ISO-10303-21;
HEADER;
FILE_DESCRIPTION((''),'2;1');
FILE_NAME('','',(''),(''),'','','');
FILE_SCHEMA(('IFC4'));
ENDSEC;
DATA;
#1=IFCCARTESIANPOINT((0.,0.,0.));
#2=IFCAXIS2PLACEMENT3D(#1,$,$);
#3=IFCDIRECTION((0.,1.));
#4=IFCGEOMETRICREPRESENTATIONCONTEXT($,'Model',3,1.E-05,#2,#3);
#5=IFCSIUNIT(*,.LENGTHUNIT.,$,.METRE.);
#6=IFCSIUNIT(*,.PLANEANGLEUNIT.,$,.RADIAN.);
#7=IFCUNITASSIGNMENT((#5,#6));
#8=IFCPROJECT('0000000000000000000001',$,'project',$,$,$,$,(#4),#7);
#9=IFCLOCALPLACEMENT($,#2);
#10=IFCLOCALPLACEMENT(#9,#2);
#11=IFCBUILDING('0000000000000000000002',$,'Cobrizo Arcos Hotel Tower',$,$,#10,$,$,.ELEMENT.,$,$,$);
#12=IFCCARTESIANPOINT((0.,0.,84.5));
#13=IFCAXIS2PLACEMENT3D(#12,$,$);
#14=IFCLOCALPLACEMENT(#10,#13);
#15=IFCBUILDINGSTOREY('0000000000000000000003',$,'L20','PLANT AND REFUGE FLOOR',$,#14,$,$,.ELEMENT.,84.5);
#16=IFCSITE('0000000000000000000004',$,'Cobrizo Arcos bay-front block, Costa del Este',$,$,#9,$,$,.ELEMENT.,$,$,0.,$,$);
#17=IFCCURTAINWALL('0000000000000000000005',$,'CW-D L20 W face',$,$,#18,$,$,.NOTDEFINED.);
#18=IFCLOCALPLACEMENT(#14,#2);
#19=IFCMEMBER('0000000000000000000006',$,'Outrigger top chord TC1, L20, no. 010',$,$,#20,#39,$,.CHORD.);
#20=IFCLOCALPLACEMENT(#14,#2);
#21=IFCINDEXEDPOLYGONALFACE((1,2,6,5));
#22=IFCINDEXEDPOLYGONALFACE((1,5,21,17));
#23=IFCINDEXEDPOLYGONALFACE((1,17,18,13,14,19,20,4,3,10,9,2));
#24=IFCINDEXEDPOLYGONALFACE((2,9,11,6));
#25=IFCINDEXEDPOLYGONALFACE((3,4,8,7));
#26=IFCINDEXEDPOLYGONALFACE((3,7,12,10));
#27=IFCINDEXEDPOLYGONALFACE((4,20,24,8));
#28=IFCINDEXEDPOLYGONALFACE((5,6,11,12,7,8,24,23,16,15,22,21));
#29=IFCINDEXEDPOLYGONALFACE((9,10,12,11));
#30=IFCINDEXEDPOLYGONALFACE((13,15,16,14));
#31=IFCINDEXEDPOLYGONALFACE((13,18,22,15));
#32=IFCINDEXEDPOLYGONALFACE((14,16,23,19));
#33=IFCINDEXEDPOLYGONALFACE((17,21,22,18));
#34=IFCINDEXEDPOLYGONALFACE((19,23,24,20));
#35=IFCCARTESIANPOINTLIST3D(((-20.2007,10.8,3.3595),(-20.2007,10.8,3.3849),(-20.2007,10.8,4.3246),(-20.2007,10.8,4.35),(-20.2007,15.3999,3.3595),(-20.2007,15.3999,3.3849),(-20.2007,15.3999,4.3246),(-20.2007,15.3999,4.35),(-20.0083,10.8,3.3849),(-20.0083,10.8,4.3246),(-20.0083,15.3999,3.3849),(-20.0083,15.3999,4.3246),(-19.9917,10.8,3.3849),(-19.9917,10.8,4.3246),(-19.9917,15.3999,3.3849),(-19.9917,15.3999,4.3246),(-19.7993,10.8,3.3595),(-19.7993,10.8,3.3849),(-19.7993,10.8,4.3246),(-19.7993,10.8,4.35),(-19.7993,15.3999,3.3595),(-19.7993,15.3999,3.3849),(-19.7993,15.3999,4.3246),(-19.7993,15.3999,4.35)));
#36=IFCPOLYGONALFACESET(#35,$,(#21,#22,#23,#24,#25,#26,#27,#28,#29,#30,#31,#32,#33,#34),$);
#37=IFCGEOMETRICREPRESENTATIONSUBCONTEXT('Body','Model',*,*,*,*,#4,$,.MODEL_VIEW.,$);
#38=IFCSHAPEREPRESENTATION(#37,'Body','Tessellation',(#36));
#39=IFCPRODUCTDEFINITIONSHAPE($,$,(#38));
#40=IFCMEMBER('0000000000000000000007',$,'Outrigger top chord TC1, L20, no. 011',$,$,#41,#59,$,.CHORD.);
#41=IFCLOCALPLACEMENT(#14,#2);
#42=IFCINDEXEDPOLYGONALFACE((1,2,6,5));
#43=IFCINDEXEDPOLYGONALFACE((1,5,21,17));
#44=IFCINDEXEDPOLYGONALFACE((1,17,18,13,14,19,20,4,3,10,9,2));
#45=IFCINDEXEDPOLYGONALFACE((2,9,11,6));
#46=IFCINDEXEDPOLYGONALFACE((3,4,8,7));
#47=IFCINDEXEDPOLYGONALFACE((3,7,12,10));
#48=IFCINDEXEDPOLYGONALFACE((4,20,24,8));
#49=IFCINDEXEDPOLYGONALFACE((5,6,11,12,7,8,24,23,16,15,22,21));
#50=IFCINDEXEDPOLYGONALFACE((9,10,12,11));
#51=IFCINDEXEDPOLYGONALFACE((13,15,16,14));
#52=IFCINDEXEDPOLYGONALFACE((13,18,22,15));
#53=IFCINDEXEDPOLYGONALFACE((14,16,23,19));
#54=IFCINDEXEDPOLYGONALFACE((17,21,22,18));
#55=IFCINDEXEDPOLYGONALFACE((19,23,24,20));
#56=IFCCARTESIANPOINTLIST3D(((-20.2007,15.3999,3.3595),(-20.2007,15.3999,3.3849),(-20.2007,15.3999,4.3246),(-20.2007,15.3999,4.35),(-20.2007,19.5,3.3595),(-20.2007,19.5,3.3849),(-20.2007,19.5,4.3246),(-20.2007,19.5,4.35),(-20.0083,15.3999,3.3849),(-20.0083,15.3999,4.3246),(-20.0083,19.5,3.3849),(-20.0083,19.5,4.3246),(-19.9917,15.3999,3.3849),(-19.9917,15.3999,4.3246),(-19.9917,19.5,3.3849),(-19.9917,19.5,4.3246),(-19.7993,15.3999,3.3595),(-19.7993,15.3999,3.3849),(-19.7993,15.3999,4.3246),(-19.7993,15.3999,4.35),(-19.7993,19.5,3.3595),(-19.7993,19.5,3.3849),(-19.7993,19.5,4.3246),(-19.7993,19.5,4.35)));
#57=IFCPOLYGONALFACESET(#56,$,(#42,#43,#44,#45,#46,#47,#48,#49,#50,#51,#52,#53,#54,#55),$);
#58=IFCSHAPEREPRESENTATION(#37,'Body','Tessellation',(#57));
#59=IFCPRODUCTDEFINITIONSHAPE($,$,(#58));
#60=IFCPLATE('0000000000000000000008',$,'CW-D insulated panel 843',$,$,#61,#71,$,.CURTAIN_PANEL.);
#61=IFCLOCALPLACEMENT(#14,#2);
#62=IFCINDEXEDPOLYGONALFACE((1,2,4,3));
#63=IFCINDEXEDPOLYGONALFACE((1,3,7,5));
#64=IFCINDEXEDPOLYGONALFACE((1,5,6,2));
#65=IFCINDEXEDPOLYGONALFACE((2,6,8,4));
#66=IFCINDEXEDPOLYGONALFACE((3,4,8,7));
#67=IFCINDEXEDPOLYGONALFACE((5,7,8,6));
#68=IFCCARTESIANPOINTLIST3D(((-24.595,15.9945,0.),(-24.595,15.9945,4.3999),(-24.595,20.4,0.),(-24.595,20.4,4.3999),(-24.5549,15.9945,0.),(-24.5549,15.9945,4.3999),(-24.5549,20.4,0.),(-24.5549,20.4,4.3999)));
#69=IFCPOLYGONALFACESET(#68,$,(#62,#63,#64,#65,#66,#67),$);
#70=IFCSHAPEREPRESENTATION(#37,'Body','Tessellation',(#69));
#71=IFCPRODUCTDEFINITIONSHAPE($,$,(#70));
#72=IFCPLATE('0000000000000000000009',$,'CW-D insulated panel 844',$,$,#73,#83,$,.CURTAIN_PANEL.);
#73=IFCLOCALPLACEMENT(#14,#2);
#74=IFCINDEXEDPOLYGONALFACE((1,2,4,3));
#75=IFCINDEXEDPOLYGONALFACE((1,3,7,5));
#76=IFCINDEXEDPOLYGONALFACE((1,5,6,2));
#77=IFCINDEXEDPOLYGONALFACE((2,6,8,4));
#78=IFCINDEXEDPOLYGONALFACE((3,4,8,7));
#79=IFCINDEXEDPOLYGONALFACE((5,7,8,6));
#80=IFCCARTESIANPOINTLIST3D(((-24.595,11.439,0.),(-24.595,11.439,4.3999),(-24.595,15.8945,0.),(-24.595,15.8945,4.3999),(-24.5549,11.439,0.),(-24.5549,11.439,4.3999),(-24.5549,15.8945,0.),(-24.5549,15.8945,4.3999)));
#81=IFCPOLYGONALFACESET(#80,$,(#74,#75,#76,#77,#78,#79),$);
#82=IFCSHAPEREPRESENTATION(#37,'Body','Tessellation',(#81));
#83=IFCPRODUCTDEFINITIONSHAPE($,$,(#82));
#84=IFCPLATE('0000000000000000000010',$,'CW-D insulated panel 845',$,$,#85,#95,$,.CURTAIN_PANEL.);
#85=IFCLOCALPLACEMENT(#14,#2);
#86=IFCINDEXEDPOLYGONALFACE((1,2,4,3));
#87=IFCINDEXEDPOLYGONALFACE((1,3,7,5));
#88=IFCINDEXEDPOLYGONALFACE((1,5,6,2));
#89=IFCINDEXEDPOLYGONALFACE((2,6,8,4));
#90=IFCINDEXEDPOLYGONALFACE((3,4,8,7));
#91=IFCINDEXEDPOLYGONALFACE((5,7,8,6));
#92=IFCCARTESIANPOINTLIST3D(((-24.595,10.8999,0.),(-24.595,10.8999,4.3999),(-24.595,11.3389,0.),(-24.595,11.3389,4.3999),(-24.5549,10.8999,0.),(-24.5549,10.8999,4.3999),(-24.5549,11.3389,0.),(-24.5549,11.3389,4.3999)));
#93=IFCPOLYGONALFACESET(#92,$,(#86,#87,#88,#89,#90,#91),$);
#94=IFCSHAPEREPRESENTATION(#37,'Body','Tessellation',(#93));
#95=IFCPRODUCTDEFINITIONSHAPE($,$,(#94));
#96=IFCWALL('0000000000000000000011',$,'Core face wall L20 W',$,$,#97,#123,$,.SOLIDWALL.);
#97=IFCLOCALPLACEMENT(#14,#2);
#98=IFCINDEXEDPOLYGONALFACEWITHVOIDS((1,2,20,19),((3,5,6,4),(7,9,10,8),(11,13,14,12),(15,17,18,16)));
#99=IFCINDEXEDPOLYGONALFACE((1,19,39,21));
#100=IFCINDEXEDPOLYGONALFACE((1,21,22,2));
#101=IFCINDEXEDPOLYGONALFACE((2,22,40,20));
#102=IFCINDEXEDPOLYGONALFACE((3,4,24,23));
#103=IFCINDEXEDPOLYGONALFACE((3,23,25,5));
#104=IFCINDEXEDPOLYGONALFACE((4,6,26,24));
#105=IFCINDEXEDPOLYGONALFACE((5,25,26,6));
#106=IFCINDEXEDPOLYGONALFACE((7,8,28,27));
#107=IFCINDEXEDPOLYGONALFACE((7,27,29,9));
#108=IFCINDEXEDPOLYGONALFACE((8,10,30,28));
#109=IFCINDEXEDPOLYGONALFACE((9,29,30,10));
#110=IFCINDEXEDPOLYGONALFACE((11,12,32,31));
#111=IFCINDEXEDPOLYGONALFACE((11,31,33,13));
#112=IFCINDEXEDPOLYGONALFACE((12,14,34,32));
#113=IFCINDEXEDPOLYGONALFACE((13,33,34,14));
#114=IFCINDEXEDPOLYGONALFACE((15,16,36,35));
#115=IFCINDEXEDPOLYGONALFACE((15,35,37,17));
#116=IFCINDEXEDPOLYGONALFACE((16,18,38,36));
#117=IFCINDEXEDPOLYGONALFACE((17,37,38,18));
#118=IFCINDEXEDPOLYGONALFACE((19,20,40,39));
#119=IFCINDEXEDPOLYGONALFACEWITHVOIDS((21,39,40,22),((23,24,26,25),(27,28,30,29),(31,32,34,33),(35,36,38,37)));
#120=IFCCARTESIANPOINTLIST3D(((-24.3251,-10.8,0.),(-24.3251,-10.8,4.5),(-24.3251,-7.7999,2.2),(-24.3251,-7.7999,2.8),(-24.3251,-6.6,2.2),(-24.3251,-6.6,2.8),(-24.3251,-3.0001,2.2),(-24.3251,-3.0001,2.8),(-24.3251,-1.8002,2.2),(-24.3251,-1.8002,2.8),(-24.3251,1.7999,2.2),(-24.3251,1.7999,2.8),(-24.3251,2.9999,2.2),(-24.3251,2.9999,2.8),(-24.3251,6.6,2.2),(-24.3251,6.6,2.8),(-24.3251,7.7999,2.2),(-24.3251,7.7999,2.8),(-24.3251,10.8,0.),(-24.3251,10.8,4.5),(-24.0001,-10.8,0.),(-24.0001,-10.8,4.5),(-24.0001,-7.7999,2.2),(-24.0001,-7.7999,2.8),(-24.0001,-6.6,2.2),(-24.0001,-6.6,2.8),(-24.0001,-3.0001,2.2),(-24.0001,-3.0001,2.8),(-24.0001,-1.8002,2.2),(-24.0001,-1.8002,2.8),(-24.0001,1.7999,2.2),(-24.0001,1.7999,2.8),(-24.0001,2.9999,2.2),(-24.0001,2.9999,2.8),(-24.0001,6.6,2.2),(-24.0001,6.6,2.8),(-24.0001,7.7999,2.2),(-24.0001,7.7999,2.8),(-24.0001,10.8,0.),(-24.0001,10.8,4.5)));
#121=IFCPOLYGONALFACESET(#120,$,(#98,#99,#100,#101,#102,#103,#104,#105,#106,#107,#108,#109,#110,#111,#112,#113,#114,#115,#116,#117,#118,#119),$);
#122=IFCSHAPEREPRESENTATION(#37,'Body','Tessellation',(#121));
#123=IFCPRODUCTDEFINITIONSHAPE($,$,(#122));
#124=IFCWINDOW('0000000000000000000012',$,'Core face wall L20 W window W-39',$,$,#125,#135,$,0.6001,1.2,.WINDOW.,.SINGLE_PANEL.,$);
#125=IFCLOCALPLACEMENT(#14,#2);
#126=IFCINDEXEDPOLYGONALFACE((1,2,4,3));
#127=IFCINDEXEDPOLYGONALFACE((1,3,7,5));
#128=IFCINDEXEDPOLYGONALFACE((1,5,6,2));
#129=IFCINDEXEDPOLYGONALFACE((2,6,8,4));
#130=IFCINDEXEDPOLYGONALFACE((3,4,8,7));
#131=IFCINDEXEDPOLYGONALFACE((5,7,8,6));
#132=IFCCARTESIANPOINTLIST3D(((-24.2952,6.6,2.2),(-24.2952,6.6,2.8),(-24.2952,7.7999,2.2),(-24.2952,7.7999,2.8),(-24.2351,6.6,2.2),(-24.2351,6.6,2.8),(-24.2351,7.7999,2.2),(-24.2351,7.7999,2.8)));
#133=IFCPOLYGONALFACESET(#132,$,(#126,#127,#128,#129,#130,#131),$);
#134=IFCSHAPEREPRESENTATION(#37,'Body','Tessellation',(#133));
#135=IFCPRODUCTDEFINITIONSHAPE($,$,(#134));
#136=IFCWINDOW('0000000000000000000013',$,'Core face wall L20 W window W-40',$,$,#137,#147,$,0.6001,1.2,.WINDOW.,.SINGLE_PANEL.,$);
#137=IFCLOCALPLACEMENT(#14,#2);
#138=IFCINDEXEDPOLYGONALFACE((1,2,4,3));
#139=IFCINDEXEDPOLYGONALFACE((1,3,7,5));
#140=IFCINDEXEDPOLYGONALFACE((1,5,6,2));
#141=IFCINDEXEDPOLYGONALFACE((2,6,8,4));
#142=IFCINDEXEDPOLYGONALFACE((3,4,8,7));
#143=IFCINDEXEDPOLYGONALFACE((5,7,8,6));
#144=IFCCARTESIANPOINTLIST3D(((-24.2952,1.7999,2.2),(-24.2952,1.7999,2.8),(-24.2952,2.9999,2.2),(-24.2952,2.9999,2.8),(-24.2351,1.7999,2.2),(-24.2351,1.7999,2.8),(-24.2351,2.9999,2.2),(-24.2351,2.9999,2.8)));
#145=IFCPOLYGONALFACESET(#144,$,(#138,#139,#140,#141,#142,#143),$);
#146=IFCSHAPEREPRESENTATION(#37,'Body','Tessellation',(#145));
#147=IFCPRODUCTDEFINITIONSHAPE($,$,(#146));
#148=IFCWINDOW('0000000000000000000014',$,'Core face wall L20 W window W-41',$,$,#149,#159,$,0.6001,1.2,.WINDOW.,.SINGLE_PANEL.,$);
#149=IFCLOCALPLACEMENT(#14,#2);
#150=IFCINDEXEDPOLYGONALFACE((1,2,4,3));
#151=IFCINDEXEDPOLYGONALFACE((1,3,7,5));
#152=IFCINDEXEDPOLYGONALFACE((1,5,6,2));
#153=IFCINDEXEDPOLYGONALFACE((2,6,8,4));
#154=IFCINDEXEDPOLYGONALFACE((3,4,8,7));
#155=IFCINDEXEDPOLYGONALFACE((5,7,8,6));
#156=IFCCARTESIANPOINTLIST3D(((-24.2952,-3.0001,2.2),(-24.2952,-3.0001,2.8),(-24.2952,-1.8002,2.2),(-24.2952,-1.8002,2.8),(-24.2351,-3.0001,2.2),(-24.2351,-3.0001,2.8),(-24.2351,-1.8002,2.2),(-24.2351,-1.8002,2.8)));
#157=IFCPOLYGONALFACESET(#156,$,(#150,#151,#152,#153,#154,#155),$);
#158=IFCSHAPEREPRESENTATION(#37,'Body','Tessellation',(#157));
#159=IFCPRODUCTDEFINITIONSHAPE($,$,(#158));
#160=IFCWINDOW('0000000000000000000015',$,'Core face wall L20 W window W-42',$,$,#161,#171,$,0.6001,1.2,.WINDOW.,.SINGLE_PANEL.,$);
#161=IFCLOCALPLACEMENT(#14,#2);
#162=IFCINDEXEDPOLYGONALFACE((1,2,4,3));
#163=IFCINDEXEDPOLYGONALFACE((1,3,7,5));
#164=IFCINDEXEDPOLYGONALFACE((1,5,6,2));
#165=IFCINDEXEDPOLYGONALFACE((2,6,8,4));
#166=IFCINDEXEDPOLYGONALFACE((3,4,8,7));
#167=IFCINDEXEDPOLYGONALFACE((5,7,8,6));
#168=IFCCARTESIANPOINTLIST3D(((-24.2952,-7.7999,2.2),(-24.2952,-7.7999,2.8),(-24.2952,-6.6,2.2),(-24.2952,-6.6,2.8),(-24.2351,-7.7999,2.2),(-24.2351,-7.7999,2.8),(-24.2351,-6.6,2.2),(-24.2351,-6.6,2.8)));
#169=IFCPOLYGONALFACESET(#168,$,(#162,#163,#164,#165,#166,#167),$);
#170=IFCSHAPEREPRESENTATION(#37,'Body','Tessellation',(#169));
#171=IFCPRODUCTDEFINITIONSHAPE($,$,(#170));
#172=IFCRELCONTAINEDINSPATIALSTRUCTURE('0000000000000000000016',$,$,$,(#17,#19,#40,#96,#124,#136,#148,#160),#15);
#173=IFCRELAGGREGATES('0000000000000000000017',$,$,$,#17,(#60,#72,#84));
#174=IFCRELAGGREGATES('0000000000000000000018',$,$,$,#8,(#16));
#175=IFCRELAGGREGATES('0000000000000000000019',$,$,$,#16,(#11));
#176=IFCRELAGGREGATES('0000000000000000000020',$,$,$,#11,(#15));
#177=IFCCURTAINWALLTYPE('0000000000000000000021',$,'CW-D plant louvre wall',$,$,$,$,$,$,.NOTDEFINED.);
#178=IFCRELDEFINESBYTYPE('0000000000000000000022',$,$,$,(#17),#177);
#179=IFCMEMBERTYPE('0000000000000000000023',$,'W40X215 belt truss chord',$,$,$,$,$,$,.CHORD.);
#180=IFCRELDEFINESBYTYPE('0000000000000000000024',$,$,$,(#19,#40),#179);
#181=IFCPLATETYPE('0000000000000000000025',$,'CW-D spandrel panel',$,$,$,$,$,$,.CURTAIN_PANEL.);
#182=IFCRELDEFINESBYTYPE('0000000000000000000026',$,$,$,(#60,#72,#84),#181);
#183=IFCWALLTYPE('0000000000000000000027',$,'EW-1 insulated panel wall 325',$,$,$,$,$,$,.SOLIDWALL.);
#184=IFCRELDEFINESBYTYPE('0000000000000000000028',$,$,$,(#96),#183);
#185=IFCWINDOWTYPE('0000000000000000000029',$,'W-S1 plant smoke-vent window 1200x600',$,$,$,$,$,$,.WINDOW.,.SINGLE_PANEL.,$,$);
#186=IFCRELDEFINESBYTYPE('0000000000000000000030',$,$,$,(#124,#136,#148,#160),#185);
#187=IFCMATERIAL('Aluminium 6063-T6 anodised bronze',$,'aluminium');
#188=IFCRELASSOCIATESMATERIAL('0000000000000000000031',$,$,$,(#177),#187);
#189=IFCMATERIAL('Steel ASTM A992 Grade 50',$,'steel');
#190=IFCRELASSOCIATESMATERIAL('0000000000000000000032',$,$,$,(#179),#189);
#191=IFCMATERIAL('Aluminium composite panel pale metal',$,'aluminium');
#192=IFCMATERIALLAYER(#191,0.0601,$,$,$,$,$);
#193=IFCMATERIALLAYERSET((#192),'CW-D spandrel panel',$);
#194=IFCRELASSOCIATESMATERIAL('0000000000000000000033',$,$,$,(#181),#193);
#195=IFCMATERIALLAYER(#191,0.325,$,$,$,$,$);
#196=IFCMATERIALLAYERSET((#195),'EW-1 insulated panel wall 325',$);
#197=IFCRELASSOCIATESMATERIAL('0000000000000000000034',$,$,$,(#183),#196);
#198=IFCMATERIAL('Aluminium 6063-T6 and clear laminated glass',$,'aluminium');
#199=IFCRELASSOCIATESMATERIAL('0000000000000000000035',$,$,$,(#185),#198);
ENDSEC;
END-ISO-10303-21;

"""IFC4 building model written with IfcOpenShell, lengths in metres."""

from ifc_helpers import new_model, si_unit, direction, frame, frame_2d, origin, origin_2d, place, context, subcontext, project, spatial, rectangle, i_section, extrude, material, layer, layer_set, material_profile, profile_set, type_object, element, fill, aggregate, save


model = new_model("IFC4")

# Units and contexts
model_context = context("Model", 3, precision=1e-05, world=origin(), true_north=direction((0.0, 1.0)))
body_context = subcontext(model_context, "Body", "Model", "MODEL_VIEW")
ifc_project = project(units=[si_unit("LENGTHUNIT", "METRE"), si_unit("PLANEANGLEUNIT", "RADIAN")], contexts=[model_context])

# Site, building, storey
site_placement = place(None, origin())
site = spatial("IfcSite", under=ifc_project, at=site_placement, Name="Cobrizo Arcos bay-front block, Costa del Este", CompositionType="ELEMENT", RefElevation=0.0)
building_placement = place(site_placement, origin())
building = spatial("IfcBuilding", under=site, at=building_placement, Name="Cobrizo Arcos Hotel Tower", CompositionType="ELEMENT")
storey_placement = place(building_placement, frame((0.0, 0.0, 84.5)))
storey = spatial("IfcBuildingStorey", under=building, at=storey_placement, Name="L20", Description="PLANT AND REFUGE FLOOR", CompositionType="ELEMENT", Elevation=84.5)

# Curtain wall
ifc_material_1 = material(Name="Aluminium 6063-T6 anodised bronze", Category="aluminium")
curtain_wall_type = type_object("IfcCurtainWallType", Name="CW-D plant louvre wall", PredefinedType="NOTDEFINED", material=ifc_material_1)
curtain_wall_placement = place(storey_placement, origin())
curtain_wall = element("IfcCurtainWall", 1, at=curtain_wall_placement, inside=storey, type_object=curtain_wall_type, Name="CW-D L20 W face", PredefinedType="NOTDEFINED")

# Members
ifc_material_2 = material(Name="Steel ASTM A992 Grade 50", Category="steel")
ifc_material_profile_1 = material_profile(ifc_material_2, i_section(OverallWidth=0.4014, OverallDepth=0.9905, WebThickness=0.0166, FlangeThickness=0.0254, at=origin_2d()), Name="W40X215")
ifc_profile_set_1 = profile_set([ifc_material_profile_1], Name="Steel ASTM A992 Grade 50")
member_type_1 = type_object("IfcMemberType", Name="W40X215 belt truss chord", PredefinedType="CHORD", material=ifc_profile_set_1)
member_1_placement = place(storey_placement, frame((-20.0, 10.8, 3.8547), z_axis=(0.0, 1.0, 0.0), x_axis=(-1.0, 0.0, 0.0)))
element("IfcMember", 2, at=member_1_placement, inside=storey, type_object=member_type_1, Name="Outrigger top chord TC1, L20, no. 010", PredefinedType="CHORD", context=body_context, shape_type="SweptSolid", body=[
    extrude(i_section(OverallWidth=0.4014, OverallDepth=0.9905, WebThickness=0.0166, FlangeThickness=0.0254, at=origin_2d()), origin(), (0.0, 0.0, 1.0), 4.5999),
])
member_2_placement = place(storey_placement, frame((-20.0, 15.3999, 3.8547), z_axis=(0.0, 1.0, 0.0), x_axis=(-1.0, 0.0, 0.0)))
element("IfcMember", 3, at=member_2_placement, inside=storey, type_object=member_type_1, Name="Outrigger top chord TC1, L20, no. 011", PredefinedType="CHORD", context=body_context, shape_type="SweptSolid", body=[
    extrude(i_section(OverallWidth=0.4014, OverallDepth=0.9905, WebThickness=0.0166, FlangeThickness=0.0254, at=origin_2d()), origin(), (0.0, 0.0, 1.0), 4.1001),
])

# Plates
ifc_material_3 = material(Name="Aluminium composite panel pale metal", Category="aluminium")
ifc_layer_1 = layer(ifc_material_3, 0.0601)
ifc_layer_set_1 = layer_set([ifc_layer_1], Name="CW-D spandrel panel")
plate_type = type_object("IfcPlateType", Name="CW-D spandrel panel", PredefinedType="CURTAIN_PANEL", material=ifc_layer_set_1)
plate_1_placement = place(storey_placement, frame((-24.575, 18.1973, 0.0), z_axis=(0.0, 0.0, 1.0), x_axis=(0.0, -1.0, 0.0)))
plate_1 = element("IfcPlate", 4, at=plate_1_placement, type_object=plate_type, Name="CW-D insulated panel 843", PredefinedType="CURTAIN_PANEL", context=body_context, shape_type="SweptSolid", body=[
    extrude(rectangle(XDim=4.4055, YDim=0.04, at=origin_2d()), origin(), (0.0, 0.0, 1.0), 4.3999),
])
plate_2_placement = place(storey_placement, frame((-24.575, 13.6667, 0.0), z_axis=(0.0, 0.0, 1.0), x_axis=(0.0, -1.0, 0.0)))
plate_2 = element("IfcPlate", 5, at=plate_2_placement, type_object=plate_type, Name="CW-D insulated panel 844", PredefinedType="CURTAIN_PANEL", context=body_context, shape_type="SweptSolid", body=[
    extrude(rectangle(XDim=4.4556, YDim=0.04, at=origin_2d()), origin(), (0.0, 0.0, 1.0), 4.3999),
])
plate_3_placement = place(storey_placement, frame((-24.575, 11.1194, 0.0), z_axis=(0.0, 0.0, 1.0), x_axis=(0.0, -1.0, 0.0)))
plate_3 = element("IfcPlate", 6, at=plate_3_placement, type_object=plate_type, Name="CW-D insulated panel 845", PredefinedType="CURTAIN_PANEL", context=body_context, shape_type="SweptSolid", body=[
    extrude(rectangle(XDim=0.439, YDim=0.04, at=origin_2d()), origin(), (0.0, 0.0, 1.0), 4.3999),
])
aggregate(curtain_wall, [plate_1, plate_2, plate_3])

# Wall, openings, windows
ifc_layer_2 = layer(ifc_material_3, 0.325)
ifc_layer_set_2 = layer_set([ifc_layer_2], Name="EW-1 insulated panel wall 325")
wall_type_1 = type_object("IfcWallType", Name="EW-1 insulated panel wall 325", PredefinedType="SOLIDWALL", material=ifc_layer_set_2)
wall_1_placement = place(storey_placement, frame((-24.1626, 10.8, 0.0), z_axis=(0.0, 0.0, 1.0), x_axis=(0.0, -1.0, 0.0)))
wall_1 = element("IfcWall", 7, at=wall_1_placement, inside=storey, type_object=wall_type_1, Name="Core face wall L20 W", PredefinedType="SOLIDWALL", context=body_context, shape_type="SweptSolid", body=[
    extrude(rectangle(XDim=21.6001, YDim=0.325, at=frame_2d((10.8, 0.0))), origin(), (0.0, 0.0, 1.0), 4.5),
])
opening_1_placement = place(wall_1_placement, frame((3.0, 0.0, 2.2)))
opening_1 = element("IfcOpeningElement", 8, at=opening_1_placement, cuts=wall_1, PredefinedType="OPENING", context=body_context, shape_type="SweptSolid", body=[
    extrude(rectangle(XDim=1.2, YDim=0.6001, at=frame_2d((0.6001, 0.3))), frame((0.0, 0.1746, 0.0), z_axis=(0.0, -1.0, 0.0), x_axis=(1.0, 0.0, 0.0)), (0.0, 0.0, 1.0), 0.3489),
])
opening_2_placement = place(wall_1_placement, frame((7.8, 0.0, 2.2)))
opening_2 = element("IfcOpeningElement", 9, at=opening_2_placement, cuts=wall_1, PredefinedType="OPENING", context=body_context, shape_type="SweptSolid", body=[
    extrude(rectangle(XDim=1.2, YDim=0.6001, at=frame_2d((0.6001, 0.3))), frame((0.0, 0.1746, 0.0), z_axis=(0.0, -1.0, 0.0), x_axis=(1.0, 0.0, 0.0)), (0.0, 0.0, 1.0), 0.3489),
])
opening_3_placement = place(wall_1_placement, frame((12.6001, 0.0, 2.2)))
opening_3 = element("IfcOpeningElement", 10, at=opening_3_placement, cuts=wall_1, PredefinedType="OPENING", context=body_context, shape_type="SweptSolid", body=[
    extrude(rectangle(XDim=1.2, YDim=0.6001, at=frame_2d((0.6001, 0.3))), frame((0.0, 0.1746, 0.0), z_axis=(0.0, -1.0, 0.0), x_axis=(1.0, 0.0, 0.0)), (0.0, 0.0, 1.0), 0.3489),
])
opening_4_placement = place(wall_1_placement, frame((17.3999, 0.0, 2.2)))
opening_4 = element("IfcOpeningElement", 11, at=opening_4_placement, cuts=wall_1, PredefinedType="OPENING", context=body_context, shape_type="SweptSolid", body=[
    extrude(rectangle(XDim=1.2, YDim=0.6001, at=frame_2d((0.6001, 0.3))), frame((0.0, 0.1746, 0.0), z_axis=(0.0, -1.0, 0.0), x_axis=(1.0, 0.0, 0.0)), (0.0, 0.0, 1.0), 0.3489),
])
ifc_material_4 = material(Name="Aluminium 6063-T6 and clear laminated glass", Category="aluminium")
window_type = type_object("IfcWindowType", Name="W-S1 plant smoke-vent window 1200x600", PartitioningType="SINGLE_PANEL", PredefinedType="WINDOW", material=ifc_material_4)
window_1_placement = place(opening_1_placement, origin())
window_1 = element("IfcWindow", 12, at=window_1_placement, inside=storey, type_object=window_type, Name="Core face wall L20 W window W-39", OverallHeight=0.6001, OverallWidth=1.2, PartitioningType="SINGLE_PANEL", PredefinedType="WINDOW", context=body_context, shape_type="SweptSolid", body=[
    extrude(rectangle(XDim=1.2, YDim=0.6001, at=frame_2d((0.6001, 0.3))), frame((0.0, -0.0725, 0.0), z_axis=(0.0, -1.0, 0.0), x_axis=(1.0, 0.0, 0.0)), (0.0, 0.0, 1.0), 0.0601),
])
fill(opening_1, window_1)
window_2_placement = place(opening_2_placement, origin())
window_2 = element("IfcWindow", 13, at=window_2_placement, inside=storey, type_object=window_type, Name="Core face wall L20 W window W-40", OverallHeight=0.6001, OverallWidth=1.2, PartitioningType="SINGLE_PANEL", PredefinedType="WINDOW", context=body_context, shape_type="SweptSolid", body=[
    extrude(rectangle(XDim=1.2, YDim=0.6001, at=frame_2d((0.6001, 0.3))), frame((0.0, -0.0725, 0.0), z_axis=(0.0, -1.0, 0.0), x_axis=(1.0, 0.0, 0.0)), (0.0, 0.0, 1.0), 0.0601),
])
fill(opening_2, window_2)
window_3_placement = place(opening_3_placement, origin())
window_3 = element("IfcWindow", 14, at=window_3_placement, inside=storey, type_object=window_type, Name="Core face wall L20 W window W-41", OverallHeight=0.6001, OverallWidth=1.2, PartitioningType="SINGLE_PANEL", PredefinedType="WINDOW", context=body_context, shape_type="SweptSolid", body=[
    extrude(rectangle(XDim=1.2, YDim=0.6001, at=frame_2d((0.6001, 0.3))), frame((0.0, -0.0725, 0.0), z_axis=(0.0, -1.0, 0.0), x_axis=(1.0, 0.0, 0.0)), (0.0, 0.0, 1.0), 0.0601),
])
fill(opening_3, window_3)
window_4_placement = place(opening_4_placement, origin())
window_4 = element("IfcWindow", 15, at=window_4_placement, inside=storey, type_object=window_type, Name="Core face wall L20 W window W-42", OverallHeight=0.6001, OverallWidth=1.2, PartitioningType="SINGLE_PANEL", PredefinedType="WINDOW", context=body_context, shape_type="SweptSolid", body=[
    extrude(rectangle(XDim=1.2, YDim=0.6001, at=frame_2d((0.6001, 0.3))), frame((0.0, -0.0725, 0.0), z_axis=(0.0, -1.0, 0.0), x_axis=(1.0, 0.0, 0.0)), (0.0, 0.0, 1.0), 0.0601),
])
fill(opening_4, window_4)

save(model, "model.ifc")
